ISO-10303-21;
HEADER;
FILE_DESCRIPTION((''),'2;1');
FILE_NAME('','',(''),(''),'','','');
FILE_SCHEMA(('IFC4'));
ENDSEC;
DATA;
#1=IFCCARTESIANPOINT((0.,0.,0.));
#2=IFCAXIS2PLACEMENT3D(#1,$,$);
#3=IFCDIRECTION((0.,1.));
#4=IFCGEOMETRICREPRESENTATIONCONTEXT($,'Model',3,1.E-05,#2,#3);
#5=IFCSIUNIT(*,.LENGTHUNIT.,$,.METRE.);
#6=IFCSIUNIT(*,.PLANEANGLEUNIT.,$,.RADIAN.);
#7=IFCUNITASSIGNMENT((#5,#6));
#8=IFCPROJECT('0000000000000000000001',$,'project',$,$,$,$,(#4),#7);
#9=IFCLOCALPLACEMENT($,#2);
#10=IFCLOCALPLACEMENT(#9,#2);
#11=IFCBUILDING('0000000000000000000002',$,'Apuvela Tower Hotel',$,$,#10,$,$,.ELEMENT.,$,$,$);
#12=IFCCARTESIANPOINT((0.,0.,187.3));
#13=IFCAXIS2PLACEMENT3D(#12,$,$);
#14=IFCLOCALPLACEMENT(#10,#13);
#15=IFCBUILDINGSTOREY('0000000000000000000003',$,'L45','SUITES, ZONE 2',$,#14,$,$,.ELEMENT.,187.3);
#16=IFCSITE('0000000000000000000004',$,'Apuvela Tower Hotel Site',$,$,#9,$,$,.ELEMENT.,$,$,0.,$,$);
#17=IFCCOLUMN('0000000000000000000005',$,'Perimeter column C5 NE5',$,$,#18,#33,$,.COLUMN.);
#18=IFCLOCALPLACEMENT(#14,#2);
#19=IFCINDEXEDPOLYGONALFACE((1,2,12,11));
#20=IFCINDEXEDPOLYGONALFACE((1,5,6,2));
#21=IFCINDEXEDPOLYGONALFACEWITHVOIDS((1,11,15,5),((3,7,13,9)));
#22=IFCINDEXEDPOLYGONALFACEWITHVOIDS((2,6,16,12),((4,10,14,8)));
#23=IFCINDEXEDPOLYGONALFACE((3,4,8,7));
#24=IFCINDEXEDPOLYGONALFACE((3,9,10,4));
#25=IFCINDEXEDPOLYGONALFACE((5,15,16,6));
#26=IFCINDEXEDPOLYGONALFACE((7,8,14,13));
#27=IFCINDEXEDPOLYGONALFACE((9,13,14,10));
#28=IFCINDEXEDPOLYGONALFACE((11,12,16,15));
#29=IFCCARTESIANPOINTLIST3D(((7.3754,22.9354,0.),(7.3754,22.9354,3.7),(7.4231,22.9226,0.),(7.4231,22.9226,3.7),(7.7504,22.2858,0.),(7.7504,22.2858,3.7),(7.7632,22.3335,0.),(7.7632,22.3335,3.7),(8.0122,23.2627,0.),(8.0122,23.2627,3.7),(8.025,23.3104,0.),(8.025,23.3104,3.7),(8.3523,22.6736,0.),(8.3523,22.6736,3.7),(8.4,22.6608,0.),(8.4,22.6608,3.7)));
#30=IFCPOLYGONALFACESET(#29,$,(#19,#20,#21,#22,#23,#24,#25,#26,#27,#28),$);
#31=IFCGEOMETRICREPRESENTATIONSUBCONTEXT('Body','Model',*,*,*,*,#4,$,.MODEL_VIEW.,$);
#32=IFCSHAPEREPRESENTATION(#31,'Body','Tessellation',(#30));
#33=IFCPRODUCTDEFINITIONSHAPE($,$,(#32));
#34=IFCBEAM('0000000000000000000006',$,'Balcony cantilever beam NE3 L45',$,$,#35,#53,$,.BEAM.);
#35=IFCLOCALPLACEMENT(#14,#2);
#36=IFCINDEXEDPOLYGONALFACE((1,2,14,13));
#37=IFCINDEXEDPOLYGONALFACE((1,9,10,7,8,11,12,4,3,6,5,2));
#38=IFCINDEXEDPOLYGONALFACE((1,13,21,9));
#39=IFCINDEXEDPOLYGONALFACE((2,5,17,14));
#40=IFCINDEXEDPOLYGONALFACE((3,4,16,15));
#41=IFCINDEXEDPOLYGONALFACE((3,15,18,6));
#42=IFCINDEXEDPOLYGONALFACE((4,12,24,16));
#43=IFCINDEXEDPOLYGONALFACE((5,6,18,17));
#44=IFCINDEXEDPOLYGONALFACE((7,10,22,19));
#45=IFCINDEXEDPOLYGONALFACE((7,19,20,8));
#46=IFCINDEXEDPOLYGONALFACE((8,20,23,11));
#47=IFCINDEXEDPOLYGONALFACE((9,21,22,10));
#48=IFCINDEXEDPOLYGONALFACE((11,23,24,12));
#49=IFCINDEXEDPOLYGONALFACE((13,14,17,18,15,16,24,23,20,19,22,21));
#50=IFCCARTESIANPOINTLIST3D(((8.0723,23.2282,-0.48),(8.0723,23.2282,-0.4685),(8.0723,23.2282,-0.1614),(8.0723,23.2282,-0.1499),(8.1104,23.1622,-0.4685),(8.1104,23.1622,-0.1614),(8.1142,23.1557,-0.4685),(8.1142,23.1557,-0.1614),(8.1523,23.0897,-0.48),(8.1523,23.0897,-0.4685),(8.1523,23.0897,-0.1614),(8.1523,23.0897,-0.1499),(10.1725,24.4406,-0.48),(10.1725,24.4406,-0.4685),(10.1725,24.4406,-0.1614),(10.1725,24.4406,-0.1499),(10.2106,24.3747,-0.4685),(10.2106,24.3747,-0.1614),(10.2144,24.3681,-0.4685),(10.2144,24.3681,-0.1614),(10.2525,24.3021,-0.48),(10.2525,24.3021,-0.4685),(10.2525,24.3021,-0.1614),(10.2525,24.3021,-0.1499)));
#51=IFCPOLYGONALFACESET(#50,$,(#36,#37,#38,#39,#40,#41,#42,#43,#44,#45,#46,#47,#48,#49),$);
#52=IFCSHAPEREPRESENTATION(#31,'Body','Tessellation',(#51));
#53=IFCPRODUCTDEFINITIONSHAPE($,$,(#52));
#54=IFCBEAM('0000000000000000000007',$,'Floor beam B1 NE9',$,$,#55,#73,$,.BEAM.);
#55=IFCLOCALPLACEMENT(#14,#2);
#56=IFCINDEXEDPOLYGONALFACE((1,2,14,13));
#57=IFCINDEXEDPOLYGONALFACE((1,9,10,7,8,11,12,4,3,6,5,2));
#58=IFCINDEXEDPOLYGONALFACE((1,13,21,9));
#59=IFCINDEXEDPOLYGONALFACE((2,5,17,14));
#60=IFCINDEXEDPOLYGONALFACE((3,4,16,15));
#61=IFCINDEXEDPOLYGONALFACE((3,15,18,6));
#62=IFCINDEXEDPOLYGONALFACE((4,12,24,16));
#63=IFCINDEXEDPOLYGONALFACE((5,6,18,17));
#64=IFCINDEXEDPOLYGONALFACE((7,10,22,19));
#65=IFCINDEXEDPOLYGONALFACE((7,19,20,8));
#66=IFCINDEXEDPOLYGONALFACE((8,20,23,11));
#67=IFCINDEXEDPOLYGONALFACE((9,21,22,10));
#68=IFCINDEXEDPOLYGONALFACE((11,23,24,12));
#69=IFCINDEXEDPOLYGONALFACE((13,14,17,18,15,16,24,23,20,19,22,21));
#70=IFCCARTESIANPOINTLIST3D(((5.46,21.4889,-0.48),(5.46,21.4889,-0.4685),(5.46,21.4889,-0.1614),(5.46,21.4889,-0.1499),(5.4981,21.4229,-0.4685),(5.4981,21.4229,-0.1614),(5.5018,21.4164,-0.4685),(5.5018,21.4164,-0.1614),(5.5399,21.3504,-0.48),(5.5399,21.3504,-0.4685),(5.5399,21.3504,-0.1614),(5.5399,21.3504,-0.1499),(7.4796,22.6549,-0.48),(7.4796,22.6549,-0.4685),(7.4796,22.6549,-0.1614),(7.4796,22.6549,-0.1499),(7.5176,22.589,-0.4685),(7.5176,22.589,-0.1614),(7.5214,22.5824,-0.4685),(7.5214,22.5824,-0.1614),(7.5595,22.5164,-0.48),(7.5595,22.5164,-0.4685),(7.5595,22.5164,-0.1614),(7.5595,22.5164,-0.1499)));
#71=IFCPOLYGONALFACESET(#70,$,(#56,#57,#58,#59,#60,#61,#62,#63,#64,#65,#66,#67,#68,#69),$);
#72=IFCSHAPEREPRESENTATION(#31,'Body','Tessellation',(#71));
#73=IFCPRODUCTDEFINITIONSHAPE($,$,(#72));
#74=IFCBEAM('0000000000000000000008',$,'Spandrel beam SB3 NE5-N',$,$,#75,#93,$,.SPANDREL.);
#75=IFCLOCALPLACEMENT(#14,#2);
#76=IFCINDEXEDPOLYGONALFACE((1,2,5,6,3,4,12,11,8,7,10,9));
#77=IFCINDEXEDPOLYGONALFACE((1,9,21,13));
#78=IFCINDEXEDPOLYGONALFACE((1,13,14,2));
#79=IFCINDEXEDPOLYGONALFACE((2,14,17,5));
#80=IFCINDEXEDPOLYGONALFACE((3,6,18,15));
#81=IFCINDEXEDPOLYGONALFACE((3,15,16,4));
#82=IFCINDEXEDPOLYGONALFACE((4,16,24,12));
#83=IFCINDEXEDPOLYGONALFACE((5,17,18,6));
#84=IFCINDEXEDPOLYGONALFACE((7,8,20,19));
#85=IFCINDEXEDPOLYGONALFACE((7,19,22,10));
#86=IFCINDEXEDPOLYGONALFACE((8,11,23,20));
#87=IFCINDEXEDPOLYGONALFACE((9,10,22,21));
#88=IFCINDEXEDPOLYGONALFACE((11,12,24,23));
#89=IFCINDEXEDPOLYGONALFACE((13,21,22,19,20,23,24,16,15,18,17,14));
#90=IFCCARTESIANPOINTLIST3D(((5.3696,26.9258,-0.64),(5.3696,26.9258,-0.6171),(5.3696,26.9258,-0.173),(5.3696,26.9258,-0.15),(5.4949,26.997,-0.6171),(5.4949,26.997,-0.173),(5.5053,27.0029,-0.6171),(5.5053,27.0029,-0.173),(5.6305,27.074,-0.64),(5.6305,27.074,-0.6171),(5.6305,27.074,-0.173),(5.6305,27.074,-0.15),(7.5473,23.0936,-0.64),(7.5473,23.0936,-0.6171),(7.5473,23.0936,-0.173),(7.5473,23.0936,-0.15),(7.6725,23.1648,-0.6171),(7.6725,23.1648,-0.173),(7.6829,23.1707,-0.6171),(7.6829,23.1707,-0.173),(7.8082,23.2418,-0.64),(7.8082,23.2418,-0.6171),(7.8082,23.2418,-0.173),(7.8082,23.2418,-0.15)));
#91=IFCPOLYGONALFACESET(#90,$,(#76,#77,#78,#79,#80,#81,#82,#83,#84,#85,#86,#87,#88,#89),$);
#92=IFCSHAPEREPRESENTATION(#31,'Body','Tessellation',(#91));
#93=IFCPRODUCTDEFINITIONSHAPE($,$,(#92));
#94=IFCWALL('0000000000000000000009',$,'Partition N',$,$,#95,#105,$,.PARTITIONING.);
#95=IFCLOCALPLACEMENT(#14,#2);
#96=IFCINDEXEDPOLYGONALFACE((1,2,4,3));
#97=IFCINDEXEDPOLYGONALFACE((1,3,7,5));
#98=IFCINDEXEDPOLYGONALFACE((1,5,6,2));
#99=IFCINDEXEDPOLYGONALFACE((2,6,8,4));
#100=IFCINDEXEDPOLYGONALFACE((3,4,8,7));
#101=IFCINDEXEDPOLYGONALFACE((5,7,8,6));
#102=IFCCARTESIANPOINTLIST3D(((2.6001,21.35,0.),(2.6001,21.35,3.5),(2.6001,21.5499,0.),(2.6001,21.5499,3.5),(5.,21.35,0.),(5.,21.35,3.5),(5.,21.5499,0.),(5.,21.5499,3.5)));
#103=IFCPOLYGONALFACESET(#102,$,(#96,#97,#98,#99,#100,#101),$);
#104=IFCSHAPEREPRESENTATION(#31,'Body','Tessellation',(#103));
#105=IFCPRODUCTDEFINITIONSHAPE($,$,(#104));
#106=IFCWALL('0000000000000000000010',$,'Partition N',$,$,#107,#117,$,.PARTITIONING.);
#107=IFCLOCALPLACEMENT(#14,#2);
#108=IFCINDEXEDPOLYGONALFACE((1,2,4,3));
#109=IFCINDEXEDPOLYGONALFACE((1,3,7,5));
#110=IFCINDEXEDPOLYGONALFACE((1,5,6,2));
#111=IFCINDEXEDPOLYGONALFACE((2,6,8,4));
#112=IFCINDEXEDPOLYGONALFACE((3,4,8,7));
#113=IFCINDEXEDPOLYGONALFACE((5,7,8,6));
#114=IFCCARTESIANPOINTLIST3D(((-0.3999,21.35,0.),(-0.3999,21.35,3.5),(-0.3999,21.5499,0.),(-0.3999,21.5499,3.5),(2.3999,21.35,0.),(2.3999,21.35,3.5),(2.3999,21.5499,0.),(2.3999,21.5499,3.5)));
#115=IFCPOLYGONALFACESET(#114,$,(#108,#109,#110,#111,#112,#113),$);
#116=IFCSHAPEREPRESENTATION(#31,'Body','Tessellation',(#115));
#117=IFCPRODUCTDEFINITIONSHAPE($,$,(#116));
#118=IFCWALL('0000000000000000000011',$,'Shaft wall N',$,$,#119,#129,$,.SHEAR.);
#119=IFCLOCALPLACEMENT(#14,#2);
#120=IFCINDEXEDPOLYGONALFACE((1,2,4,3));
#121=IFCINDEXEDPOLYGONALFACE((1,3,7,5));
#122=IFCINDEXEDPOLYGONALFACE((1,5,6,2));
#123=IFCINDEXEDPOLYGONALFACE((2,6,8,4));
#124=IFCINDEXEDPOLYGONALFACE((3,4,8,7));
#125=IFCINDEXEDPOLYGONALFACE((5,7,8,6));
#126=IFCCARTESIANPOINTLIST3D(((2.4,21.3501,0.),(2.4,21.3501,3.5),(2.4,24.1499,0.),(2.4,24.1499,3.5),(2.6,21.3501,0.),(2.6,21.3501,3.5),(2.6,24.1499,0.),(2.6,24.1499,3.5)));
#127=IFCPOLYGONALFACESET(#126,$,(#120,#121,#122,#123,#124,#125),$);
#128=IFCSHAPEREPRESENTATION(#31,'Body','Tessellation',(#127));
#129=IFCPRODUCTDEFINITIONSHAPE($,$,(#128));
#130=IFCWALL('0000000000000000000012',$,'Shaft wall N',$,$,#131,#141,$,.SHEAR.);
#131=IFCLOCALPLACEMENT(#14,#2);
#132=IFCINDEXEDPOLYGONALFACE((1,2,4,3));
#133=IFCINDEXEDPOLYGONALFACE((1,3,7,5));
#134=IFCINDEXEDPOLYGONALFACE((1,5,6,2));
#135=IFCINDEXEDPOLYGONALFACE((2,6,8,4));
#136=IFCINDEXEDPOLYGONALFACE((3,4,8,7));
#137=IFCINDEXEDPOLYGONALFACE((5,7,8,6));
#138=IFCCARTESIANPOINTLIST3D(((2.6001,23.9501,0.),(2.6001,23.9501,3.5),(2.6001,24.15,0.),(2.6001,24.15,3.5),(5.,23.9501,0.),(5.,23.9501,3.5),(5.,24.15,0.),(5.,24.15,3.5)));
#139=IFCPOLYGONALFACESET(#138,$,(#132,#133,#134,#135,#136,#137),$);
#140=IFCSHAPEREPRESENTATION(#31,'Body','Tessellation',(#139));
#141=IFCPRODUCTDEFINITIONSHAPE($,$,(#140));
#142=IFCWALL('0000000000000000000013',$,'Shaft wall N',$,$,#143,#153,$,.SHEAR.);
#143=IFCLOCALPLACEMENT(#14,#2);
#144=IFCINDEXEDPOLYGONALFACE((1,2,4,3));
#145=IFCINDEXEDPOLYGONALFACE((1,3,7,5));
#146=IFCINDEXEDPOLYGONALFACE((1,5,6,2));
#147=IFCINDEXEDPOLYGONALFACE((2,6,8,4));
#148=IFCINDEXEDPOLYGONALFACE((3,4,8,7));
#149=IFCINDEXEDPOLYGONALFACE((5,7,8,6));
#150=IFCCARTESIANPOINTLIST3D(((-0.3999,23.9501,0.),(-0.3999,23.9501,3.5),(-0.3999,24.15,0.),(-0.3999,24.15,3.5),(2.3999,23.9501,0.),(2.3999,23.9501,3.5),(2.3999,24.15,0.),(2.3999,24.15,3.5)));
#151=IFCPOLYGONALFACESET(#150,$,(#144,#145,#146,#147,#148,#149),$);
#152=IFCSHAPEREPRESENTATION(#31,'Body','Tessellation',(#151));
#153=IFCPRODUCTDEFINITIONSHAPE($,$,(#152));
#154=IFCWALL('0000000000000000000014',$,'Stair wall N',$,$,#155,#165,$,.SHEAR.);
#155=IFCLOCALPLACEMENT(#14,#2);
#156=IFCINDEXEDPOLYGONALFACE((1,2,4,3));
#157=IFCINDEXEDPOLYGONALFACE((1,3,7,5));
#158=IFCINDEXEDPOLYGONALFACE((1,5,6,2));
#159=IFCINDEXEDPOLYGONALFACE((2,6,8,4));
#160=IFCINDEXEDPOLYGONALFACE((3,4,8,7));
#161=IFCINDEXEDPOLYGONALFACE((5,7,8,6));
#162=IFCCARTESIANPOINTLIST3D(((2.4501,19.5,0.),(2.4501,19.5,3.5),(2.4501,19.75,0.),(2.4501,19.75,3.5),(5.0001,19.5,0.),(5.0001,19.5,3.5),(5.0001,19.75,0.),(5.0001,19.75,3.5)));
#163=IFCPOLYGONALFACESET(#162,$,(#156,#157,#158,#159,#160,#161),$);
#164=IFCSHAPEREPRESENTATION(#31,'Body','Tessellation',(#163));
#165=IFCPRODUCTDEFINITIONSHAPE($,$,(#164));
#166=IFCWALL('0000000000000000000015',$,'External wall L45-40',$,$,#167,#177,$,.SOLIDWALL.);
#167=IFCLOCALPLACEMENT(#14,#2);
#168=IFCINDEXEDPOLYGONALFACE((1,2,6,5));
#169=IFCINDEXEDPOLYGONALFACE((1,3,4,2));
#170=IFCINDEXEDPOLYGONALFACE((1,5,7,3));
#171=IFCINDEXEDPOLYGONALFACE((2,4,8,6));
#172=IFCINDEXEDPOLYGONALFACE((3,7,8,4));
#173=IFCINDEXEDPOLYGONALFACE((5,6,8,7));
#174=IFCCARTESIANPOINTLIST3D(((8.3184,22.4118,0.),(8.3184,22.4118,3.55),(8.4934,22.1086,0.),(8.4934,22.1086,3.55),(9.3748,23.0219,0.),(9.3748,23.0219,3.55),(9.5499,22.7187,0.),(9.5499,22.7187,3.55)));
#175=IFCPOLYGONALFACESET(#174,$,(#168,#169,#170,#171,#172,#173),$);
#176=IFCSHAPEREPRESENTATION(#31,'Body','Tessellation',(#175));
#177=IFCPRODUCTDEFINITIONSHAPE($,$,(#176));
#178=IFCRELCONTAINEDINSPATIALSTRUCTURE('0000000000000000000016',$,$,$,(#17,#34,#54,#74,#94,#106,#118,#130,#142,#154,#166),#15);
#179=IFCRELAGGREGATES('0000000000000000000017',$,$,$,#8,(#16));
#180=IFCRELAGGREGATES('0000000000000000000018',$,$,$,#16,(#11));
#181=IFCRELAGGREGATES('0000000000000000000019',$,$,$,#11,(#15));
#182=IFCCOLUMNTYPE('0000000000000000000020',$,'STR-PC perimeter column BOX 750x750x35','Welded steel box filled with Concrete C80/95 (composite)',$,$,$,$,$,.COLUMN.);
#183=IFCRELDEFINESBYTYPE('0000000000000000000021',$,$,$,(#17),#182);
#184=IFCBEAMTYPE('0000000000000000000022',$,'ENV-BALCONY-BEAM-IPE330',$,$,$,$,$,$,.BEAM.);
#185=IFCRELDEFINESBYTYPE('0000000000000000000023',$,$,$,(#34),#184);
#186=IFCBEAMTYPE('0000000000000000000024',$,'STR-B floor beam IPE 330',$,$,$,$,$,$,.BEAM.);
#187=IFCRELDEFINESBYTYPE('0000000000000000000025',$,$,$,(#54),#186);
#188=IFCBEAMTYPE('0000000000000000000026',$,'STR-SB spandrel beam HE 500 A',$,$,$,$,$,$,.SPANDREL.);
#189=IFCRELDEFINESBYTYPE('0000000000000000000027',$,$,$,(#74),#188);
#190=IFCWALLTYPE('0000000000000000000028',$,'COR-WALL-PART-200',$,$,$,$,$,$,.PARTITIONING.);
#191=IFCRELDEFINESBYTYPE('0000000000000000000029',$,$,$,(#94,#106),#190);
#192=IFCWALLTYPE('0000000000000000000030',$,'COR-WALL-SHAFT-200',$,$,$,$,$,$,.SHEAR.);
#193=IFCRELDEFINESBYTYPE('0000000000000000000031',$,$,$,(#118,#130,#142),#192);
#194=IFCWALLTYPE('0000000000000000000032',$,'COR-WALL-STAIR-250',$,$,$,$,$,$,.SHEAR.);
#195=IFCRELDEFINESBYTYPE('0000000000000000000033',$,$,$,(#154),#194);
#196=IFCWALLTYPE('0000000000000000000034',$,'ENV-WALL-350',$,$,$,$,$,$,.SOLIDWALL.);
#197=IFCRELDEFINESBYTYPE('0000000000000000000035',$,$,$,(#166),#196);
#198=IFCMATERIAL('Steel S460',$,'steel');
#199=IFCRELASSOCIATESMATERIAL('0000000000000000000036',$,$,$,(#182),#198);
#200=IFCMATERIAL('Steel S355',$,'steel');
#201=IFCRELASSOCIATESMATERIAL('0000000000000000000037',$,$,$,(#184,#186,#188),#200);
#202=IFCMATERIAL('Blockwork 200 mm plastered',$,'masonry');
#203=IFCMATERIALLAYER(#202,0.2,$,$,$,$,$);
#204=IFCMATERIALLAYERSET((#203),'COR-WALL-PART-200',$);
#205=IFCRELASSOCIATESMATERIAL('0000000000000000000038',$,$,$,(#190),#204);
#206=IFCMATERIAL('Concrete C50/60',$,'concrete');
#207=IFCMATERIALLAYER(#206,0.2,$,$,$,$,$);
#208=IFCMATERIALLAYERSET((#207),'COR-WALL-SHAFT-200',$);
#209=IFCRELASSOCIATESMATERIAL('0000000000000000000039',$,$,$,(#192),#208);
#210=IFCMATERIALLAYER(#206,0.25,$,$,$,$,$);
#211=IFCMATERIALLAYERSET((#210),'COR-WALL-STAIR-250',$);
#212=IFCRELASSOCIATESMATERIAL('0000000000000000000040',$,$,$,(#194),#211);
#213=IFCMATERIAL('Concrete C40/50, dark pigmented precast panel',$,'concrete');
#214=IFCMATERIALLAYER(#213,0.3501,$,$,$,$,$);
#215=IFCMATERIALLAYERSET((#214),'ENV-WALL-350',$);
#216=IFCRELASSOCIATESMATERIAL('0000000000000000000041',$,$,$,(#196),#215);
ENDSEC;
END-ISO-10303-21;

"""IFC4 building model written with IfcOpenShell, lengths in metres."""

from ifc_helpers import new_model, si_unit, direction, frame, frame_2d, origin, origin_2d, place, context, subcontext, project, spatial, rectangle, hollow_rectangle, i_section, extrude, material, layer, layer_set, material_profile, profile_set, type_object, element, save


model = new_model("IFC4")

# Units and contexts
model_context = context("Model", 3, precision=1e-05, world=origin(), true_north=direction((0.0, 1.0)))
body_context = subcontext(model_context, "Body", "Model", "MODEL_VIEW")
ifc_project = project(units=[si_unit("LENGTHUNIT", "METRE"), si_unit("PLANEANGLEUNIT", "RADIAN")], contexts=[model_context])

# Site, building, storey
site_placement = place(None, origin())
site = spatial("IfcSite", under=ifc_project, at=site_placement, Name="Apuvela Tower Hotel Site", CompositionType="ELEMENT", RefElevation=0.0)
building_placement = place(site_placement, origin())
building = spatial("IfcBuilding", under=site, at=building_placement, Name="Apuvela Tower Hotel", CompositionType="ELEMENT")
storey_placement = place(building_placement, frame((0.0, 0.0, 187.3)))
storey = spatial("IfcBuildingStorey", under=building, at=storey_placement, Name="L45", Description="SUITES, ZONE 2", CompositionType="ELEMENT", Elevation=187.3)

# Column
ifc_material_1 = material(Name="Steel S460", Category="steel")
ifc_material_profile_1 = material_profile(ifc_material_1, hollow_rectangle(XDim=0.75, YDim=0.75, WallThickness=0.0349, at=origin_2d()), Name="BOX 750x750x35")
ifc_material_2 = material(Name="Concrete C80/95", Category="concrete")
ifc_material_profile_2 = material_profile(ifc_material_2, rectangle(XDim=0.6799, YDim=0.6799, at=origin_2d()), Name="Concrete C80/95 infill")
ifc_profile_set_1 = profile_set([ifc_material_profile_1, ifc_material_profile_2], Name="Steel S460")
column_type = type_object("IfcColumnType", Name="STR-PC perimeter column BOX 750x750x35", Description="Welded steel box filled with Concrete C80/95 (composite)", PredefinedType="COLUMN", material=ifc_profile_set_1)
column_placement = place(storey_placement, frame((7.8877, 22.7981, 0.0), z_axis=(0.0, 0.0, 1.0), x_axis=(-0.5, 0.866025, 0.0)))
element("IfcColumn", 1, at=column_placement, inside=storey, type_object=column_type, Name="Perimeter column C5 NE5", PredefinedType="COLUMN", context=body_context, shape_type="SweptSolid", body=[
    extrude(hollow_rectangle(XDim=0.75, YDim=0.75, WallThickness=0.0349, at=origin_2d()), origin(), (0.0, 0.0, 1.0), 3.7),
])

# Beams
ifc_material_3 = material(Name="Steel S355", Category="steel")
ifc_material_profile_3 = material_profile(ifc_material_3, i_section(OverallWidth=0.1599, OverallDepth=0.3301, WebThickness=0.0076, FlangeThickness=0.0115, at=origin_2d()), Name="IPE 330")
ifc_profile_set_2 = profile_set([ifc_material_profile_3], Name="Steel S355")
beam_type_1 = type_object("IfcBeamType", Name="ENV-BALCONY-BEAM-IPE330", PredefinedType="BEAM", material=ifc_profile_set_2)
beam_1_placement = place(storey_placement, frame((8.1123, 23.1589, -0.3149), z_axis=(0.866041, 0.499972, 0.0), x_axis=(-0.499972, 0.866041, 0.0)))
element("IfcBeam", 2, at=beam_1_placement, inside=storey, type_object=beam_type_1, Name="Balcony cantilever beam NE3 L45", PredefinedType="BEAM", context=body_context, shape_type="SweptSolid", body=[
    extrude(i_section(OverallWidth=0.1599, OverallDepth=0.3301, WebThickness=0.0076, FlangeThickness=0.0115, at=origin_2d()), origin(), (0.0, 0.0, 1.0), 2.425),
])
ifc_material_profile_4 = material_profile(ifc_material_3, i_section(OverallWidth=0.1599, OverallDepth=0.3301, WebThickness=0.0076, FlangeThickness=0.0115, at=origin_2d()), Name="IPE 330")
ifc_profile_set_3 = profile_set([ifc_material_profile_4], Name="Steel S355")
beam_type_2 = type_object("IfcBeamType", Name="STR-B floor beam IPE 330", PredefinedType="BEAM", material=ifc_profile_set_3)
beam_2_placement = place(storey_placement, frame((7.5195, 22.5857, -0.3149), z_axis=(-0.866018, -0.500012, 0.0), x_axis=(0.500012, -0.866018, 0.0)))
element("IfcBeam", 3, at=beam_2_placement, inside=storey, type_object=beam_type_2, Name="Floor beam B1 NE9", PredefinedType="BEAM", context=body_context, shape_type="SweptSolid", body=[
    extrude(i_section(OverallWidth=0.1599, OverallDepth=0.3301, WebThickness=0.0076, FlangeThickness=0.0115, at=origin_2d()), origin(), (0.0, 0.0, 1.0), 2.332),
])
ifc_material_profile_5 = material_profile(ifc_material_3, i_section(OverallWidth=0.3, OverallDepth=0.49, WebThickness=0.012, FlangeThickness=0.0229, at=origin_2d()), Name="HE 500 A")
ifc_profile_set_4 = profile_set([ifc_material_profile_5], Name="Steel S355")
beam_type_3 = type_object("IfcBeamType", Name="STR-SB spandrel beam HE 500 A", PredefinedType="SPANDREL", material=ifc_profile_set_4)
beam_3_placement = place(storey_placement, frame((7.6777, 23.1677, -0.395), z_axis=(-0.494062, 0.869427, 0.0), x_axis=(-0.869427, -0.494062, 0.0)))
element("IfcBeam", 4, at=beam_3_placement, inside=storey, type_object=beam_type_3, Name="Spandrel beam SB3 NE5-N", PredefinedType="SPANDREL", context=body_context, shape_type="SweptSolid", body=[
    extrude(i_section(OverallWidth=0.3, OverallDepth=0.49, WebThickness=0.012, FlangeThickness=0.0229, at=origin_2d()), origin(), (0.0, 0.0, 1.0), 4.4077),
])

# Walls
ifc_material_4 = material(Name="Blockwork 200 mm plastered", Category="masonry")
ifc_layer_1 = layer(ifc_material_4, 0.2)
ifc_layer_set_1 = layer_set([ifc_layer_1], Name="COR-WALL-PART-200")
wall_type_1 = type_object("IfcWallType", Name="COR-WALL-PART-200", PredefinedType="PARTITIONING", material=ifc_layer_set_1)
wall_1_placement = place(storey_placement, frame((5.0, 21.45, 0.0), z_axis=(0.0, 0.0, 1.0), x_axis=(-1.0, 0.0, 0.0)))
element("IfcWall", 5, at=wall_1_placement, inside=storey, type_object=wall_type_1, Name="Partition N", PredefinedType="PARTITIONING", context=body_context, shape_type="SweptSolid", body=[
    extrude(rectangle(XDim=2.3999, YDim=0.2, at=frame_2d((1.2, 0.0))), origin(), (0.0, 0.0, 1.0), 3.5),
])
wall_2_placement = place(storey_placement, frame((2.3999, 21.45, 0.0), z_axis=(0.0, 0.0, 1.0), x_axis=(-1.0, 0.0, 0.0)))
element("IfcWall", 6, at=wall_2_placement, inside=storey, type_object=wall_type_1, Name="Partition N", PredefinedType="PARTITIONING", context=body_context, shape_type="SweptSolid", body=[
    extrude(rectangle(XDim=2.7998, YDim=0.2, at=frame_2d((1.3999, 0.0))), origin(), (0.0, 0.0, 1.0), 3.5),
])
ifc_material_5 = material(Name="Concrete C50/60", Category="concrete")
ifc_layer_2 = layer(ifc_material_5, 0.2)
ifc_layer_set_2 = layer_set([ifc_layer_2], Name="COR-WALL-SHAFT-200")
wall_type_2 = type_object("IfcWallType", Name="COR-WALL-SHAFT-200", PredefinedType="SHEAR", material=ifc_layer_set_2)
wall_3_placement = place(storey_placement, frame((2.5, 21.3501, 0.0), z_axis=(0.0, 0.0, 1.0), x_axis=(0.0, 1.0, 0.0)))
element("IfcWall", 7, at=wall_3_placement, inside=storey, type_object=wall_type_2, Name="Shaft wall N", PredefinedType="SHEAR", context=body_context, shape_type="SweptSolid", body=[
    extrude(rectangle(XDim=2.7998, YDim=0.2, at=frame_2d((1.3999, 0.0))), origin(), (0.0, 0.0, 1.0), 3.5),
])
wall_4_placement = place(storey_placement, frame((5.0, 24.05, 0.0), z_axis=(0.0, 0.0, 1.0), x_axis=(-1.0, 0.0, 0.0)))
element("IfcWall", 8, at=wall_4_placement, inside=storey, type_object=wall_type_2, Name="Shaft wall N", PredefinedType="SHEAR", context=body_context, shape_type="SweptSolid", body=[
    extrude(rectangle(XDim=2.3999, YDim=0.2, at=frame_2d((1.2, 0.0))), origin(), (0.0, 0.0, 1.0), 3.5),
])
wall_5_placement = place(storey_placement, frame((2.3999, 24.05, 0.0), z_axis=(0.0, 0.0, 1.0), x_axis=(-1.0, 0.0, 0.0)))
element("IfcWall", 9, at=wall_5_placement, inside=storey, type_object=wall_type_2, Name="Shaft wall N", PredefinedType="SHEAR", context=body_context, shape_type="SweptSolid", body=[
    extrude(rectangle(XDim=2.7998, YDim=0.2, at=frame_2d((1.3999, 0.0))), origin(), (0.0, 0.0, 1.0), 3.5),
])
ifc_layer_3 = layer(ifc_material_5, 0.25)
ifc_layer_set_3 = layer_set([ifc_layer_3], Name="COR-WALL-STAIR-250")
wall_type_3 = type_object("IfcWallType", Name="COR-WALL-STAIR-250", PredefinedType="SHEAR", material=ifc_layer_set_3)
wall_6_placement = place(storey_placement, frame((5.0, 19.625, 0.0), z_axis=(0.0, 0.0, 1.0), x_axis=(-1.0, 0.0, 0.0)))
element("IfcWall", 10, at=wall_6_placement, inside=storey, type_object=wall_type_3, Name="Stair wall N", PredefinedType="SHEAR", context=body_context, shape_type="SweptSolid", body=[
    extrude(rectangle(XDim=2.55, YDim=0.25, at=frame_2d((1.2749, 0.0))), origin(), (0.0, 0.0, 1.0), 3.5),
])
ifc_material_6 = material(Name="Concrete C40/50, dark pigmented precast panel", Category="concrete")
ifc_layer_4 = layer(ifc_material_6, 0.3501)
ifc_layer_set_4 = layer_set([ifc_layer_4], Name="ENV-WALL-350")
wall_type_4 = type_object("IfcWallType", Name="ENV-WALL-350", PredefinedType="SOLIDWALL", material=ifc_layer_set_4)
wall_7_placement = place(storey_placement, frame((8.406, 22.2603, 0.0), z_axis=(0.0, 0.0, 1.0), x_axis=(0.865956, 0.500121, 0.0)))
element("IfcWall", 11, at=wall_7_placement, inside=storey, type_object=wall_type_4, Name="External wall L45-40", PredefinedType="SOLIDWALL", context=body_context, shape_type="SweptSolid", body=[
    extrude(rectangle(XDim=1.22, YDim=0.3501, at=frame_2d((0.6099, 0.0))), origin(), (0.0, 0.0, 1.0), 3.55),
])

save(model, "model.ifc")
